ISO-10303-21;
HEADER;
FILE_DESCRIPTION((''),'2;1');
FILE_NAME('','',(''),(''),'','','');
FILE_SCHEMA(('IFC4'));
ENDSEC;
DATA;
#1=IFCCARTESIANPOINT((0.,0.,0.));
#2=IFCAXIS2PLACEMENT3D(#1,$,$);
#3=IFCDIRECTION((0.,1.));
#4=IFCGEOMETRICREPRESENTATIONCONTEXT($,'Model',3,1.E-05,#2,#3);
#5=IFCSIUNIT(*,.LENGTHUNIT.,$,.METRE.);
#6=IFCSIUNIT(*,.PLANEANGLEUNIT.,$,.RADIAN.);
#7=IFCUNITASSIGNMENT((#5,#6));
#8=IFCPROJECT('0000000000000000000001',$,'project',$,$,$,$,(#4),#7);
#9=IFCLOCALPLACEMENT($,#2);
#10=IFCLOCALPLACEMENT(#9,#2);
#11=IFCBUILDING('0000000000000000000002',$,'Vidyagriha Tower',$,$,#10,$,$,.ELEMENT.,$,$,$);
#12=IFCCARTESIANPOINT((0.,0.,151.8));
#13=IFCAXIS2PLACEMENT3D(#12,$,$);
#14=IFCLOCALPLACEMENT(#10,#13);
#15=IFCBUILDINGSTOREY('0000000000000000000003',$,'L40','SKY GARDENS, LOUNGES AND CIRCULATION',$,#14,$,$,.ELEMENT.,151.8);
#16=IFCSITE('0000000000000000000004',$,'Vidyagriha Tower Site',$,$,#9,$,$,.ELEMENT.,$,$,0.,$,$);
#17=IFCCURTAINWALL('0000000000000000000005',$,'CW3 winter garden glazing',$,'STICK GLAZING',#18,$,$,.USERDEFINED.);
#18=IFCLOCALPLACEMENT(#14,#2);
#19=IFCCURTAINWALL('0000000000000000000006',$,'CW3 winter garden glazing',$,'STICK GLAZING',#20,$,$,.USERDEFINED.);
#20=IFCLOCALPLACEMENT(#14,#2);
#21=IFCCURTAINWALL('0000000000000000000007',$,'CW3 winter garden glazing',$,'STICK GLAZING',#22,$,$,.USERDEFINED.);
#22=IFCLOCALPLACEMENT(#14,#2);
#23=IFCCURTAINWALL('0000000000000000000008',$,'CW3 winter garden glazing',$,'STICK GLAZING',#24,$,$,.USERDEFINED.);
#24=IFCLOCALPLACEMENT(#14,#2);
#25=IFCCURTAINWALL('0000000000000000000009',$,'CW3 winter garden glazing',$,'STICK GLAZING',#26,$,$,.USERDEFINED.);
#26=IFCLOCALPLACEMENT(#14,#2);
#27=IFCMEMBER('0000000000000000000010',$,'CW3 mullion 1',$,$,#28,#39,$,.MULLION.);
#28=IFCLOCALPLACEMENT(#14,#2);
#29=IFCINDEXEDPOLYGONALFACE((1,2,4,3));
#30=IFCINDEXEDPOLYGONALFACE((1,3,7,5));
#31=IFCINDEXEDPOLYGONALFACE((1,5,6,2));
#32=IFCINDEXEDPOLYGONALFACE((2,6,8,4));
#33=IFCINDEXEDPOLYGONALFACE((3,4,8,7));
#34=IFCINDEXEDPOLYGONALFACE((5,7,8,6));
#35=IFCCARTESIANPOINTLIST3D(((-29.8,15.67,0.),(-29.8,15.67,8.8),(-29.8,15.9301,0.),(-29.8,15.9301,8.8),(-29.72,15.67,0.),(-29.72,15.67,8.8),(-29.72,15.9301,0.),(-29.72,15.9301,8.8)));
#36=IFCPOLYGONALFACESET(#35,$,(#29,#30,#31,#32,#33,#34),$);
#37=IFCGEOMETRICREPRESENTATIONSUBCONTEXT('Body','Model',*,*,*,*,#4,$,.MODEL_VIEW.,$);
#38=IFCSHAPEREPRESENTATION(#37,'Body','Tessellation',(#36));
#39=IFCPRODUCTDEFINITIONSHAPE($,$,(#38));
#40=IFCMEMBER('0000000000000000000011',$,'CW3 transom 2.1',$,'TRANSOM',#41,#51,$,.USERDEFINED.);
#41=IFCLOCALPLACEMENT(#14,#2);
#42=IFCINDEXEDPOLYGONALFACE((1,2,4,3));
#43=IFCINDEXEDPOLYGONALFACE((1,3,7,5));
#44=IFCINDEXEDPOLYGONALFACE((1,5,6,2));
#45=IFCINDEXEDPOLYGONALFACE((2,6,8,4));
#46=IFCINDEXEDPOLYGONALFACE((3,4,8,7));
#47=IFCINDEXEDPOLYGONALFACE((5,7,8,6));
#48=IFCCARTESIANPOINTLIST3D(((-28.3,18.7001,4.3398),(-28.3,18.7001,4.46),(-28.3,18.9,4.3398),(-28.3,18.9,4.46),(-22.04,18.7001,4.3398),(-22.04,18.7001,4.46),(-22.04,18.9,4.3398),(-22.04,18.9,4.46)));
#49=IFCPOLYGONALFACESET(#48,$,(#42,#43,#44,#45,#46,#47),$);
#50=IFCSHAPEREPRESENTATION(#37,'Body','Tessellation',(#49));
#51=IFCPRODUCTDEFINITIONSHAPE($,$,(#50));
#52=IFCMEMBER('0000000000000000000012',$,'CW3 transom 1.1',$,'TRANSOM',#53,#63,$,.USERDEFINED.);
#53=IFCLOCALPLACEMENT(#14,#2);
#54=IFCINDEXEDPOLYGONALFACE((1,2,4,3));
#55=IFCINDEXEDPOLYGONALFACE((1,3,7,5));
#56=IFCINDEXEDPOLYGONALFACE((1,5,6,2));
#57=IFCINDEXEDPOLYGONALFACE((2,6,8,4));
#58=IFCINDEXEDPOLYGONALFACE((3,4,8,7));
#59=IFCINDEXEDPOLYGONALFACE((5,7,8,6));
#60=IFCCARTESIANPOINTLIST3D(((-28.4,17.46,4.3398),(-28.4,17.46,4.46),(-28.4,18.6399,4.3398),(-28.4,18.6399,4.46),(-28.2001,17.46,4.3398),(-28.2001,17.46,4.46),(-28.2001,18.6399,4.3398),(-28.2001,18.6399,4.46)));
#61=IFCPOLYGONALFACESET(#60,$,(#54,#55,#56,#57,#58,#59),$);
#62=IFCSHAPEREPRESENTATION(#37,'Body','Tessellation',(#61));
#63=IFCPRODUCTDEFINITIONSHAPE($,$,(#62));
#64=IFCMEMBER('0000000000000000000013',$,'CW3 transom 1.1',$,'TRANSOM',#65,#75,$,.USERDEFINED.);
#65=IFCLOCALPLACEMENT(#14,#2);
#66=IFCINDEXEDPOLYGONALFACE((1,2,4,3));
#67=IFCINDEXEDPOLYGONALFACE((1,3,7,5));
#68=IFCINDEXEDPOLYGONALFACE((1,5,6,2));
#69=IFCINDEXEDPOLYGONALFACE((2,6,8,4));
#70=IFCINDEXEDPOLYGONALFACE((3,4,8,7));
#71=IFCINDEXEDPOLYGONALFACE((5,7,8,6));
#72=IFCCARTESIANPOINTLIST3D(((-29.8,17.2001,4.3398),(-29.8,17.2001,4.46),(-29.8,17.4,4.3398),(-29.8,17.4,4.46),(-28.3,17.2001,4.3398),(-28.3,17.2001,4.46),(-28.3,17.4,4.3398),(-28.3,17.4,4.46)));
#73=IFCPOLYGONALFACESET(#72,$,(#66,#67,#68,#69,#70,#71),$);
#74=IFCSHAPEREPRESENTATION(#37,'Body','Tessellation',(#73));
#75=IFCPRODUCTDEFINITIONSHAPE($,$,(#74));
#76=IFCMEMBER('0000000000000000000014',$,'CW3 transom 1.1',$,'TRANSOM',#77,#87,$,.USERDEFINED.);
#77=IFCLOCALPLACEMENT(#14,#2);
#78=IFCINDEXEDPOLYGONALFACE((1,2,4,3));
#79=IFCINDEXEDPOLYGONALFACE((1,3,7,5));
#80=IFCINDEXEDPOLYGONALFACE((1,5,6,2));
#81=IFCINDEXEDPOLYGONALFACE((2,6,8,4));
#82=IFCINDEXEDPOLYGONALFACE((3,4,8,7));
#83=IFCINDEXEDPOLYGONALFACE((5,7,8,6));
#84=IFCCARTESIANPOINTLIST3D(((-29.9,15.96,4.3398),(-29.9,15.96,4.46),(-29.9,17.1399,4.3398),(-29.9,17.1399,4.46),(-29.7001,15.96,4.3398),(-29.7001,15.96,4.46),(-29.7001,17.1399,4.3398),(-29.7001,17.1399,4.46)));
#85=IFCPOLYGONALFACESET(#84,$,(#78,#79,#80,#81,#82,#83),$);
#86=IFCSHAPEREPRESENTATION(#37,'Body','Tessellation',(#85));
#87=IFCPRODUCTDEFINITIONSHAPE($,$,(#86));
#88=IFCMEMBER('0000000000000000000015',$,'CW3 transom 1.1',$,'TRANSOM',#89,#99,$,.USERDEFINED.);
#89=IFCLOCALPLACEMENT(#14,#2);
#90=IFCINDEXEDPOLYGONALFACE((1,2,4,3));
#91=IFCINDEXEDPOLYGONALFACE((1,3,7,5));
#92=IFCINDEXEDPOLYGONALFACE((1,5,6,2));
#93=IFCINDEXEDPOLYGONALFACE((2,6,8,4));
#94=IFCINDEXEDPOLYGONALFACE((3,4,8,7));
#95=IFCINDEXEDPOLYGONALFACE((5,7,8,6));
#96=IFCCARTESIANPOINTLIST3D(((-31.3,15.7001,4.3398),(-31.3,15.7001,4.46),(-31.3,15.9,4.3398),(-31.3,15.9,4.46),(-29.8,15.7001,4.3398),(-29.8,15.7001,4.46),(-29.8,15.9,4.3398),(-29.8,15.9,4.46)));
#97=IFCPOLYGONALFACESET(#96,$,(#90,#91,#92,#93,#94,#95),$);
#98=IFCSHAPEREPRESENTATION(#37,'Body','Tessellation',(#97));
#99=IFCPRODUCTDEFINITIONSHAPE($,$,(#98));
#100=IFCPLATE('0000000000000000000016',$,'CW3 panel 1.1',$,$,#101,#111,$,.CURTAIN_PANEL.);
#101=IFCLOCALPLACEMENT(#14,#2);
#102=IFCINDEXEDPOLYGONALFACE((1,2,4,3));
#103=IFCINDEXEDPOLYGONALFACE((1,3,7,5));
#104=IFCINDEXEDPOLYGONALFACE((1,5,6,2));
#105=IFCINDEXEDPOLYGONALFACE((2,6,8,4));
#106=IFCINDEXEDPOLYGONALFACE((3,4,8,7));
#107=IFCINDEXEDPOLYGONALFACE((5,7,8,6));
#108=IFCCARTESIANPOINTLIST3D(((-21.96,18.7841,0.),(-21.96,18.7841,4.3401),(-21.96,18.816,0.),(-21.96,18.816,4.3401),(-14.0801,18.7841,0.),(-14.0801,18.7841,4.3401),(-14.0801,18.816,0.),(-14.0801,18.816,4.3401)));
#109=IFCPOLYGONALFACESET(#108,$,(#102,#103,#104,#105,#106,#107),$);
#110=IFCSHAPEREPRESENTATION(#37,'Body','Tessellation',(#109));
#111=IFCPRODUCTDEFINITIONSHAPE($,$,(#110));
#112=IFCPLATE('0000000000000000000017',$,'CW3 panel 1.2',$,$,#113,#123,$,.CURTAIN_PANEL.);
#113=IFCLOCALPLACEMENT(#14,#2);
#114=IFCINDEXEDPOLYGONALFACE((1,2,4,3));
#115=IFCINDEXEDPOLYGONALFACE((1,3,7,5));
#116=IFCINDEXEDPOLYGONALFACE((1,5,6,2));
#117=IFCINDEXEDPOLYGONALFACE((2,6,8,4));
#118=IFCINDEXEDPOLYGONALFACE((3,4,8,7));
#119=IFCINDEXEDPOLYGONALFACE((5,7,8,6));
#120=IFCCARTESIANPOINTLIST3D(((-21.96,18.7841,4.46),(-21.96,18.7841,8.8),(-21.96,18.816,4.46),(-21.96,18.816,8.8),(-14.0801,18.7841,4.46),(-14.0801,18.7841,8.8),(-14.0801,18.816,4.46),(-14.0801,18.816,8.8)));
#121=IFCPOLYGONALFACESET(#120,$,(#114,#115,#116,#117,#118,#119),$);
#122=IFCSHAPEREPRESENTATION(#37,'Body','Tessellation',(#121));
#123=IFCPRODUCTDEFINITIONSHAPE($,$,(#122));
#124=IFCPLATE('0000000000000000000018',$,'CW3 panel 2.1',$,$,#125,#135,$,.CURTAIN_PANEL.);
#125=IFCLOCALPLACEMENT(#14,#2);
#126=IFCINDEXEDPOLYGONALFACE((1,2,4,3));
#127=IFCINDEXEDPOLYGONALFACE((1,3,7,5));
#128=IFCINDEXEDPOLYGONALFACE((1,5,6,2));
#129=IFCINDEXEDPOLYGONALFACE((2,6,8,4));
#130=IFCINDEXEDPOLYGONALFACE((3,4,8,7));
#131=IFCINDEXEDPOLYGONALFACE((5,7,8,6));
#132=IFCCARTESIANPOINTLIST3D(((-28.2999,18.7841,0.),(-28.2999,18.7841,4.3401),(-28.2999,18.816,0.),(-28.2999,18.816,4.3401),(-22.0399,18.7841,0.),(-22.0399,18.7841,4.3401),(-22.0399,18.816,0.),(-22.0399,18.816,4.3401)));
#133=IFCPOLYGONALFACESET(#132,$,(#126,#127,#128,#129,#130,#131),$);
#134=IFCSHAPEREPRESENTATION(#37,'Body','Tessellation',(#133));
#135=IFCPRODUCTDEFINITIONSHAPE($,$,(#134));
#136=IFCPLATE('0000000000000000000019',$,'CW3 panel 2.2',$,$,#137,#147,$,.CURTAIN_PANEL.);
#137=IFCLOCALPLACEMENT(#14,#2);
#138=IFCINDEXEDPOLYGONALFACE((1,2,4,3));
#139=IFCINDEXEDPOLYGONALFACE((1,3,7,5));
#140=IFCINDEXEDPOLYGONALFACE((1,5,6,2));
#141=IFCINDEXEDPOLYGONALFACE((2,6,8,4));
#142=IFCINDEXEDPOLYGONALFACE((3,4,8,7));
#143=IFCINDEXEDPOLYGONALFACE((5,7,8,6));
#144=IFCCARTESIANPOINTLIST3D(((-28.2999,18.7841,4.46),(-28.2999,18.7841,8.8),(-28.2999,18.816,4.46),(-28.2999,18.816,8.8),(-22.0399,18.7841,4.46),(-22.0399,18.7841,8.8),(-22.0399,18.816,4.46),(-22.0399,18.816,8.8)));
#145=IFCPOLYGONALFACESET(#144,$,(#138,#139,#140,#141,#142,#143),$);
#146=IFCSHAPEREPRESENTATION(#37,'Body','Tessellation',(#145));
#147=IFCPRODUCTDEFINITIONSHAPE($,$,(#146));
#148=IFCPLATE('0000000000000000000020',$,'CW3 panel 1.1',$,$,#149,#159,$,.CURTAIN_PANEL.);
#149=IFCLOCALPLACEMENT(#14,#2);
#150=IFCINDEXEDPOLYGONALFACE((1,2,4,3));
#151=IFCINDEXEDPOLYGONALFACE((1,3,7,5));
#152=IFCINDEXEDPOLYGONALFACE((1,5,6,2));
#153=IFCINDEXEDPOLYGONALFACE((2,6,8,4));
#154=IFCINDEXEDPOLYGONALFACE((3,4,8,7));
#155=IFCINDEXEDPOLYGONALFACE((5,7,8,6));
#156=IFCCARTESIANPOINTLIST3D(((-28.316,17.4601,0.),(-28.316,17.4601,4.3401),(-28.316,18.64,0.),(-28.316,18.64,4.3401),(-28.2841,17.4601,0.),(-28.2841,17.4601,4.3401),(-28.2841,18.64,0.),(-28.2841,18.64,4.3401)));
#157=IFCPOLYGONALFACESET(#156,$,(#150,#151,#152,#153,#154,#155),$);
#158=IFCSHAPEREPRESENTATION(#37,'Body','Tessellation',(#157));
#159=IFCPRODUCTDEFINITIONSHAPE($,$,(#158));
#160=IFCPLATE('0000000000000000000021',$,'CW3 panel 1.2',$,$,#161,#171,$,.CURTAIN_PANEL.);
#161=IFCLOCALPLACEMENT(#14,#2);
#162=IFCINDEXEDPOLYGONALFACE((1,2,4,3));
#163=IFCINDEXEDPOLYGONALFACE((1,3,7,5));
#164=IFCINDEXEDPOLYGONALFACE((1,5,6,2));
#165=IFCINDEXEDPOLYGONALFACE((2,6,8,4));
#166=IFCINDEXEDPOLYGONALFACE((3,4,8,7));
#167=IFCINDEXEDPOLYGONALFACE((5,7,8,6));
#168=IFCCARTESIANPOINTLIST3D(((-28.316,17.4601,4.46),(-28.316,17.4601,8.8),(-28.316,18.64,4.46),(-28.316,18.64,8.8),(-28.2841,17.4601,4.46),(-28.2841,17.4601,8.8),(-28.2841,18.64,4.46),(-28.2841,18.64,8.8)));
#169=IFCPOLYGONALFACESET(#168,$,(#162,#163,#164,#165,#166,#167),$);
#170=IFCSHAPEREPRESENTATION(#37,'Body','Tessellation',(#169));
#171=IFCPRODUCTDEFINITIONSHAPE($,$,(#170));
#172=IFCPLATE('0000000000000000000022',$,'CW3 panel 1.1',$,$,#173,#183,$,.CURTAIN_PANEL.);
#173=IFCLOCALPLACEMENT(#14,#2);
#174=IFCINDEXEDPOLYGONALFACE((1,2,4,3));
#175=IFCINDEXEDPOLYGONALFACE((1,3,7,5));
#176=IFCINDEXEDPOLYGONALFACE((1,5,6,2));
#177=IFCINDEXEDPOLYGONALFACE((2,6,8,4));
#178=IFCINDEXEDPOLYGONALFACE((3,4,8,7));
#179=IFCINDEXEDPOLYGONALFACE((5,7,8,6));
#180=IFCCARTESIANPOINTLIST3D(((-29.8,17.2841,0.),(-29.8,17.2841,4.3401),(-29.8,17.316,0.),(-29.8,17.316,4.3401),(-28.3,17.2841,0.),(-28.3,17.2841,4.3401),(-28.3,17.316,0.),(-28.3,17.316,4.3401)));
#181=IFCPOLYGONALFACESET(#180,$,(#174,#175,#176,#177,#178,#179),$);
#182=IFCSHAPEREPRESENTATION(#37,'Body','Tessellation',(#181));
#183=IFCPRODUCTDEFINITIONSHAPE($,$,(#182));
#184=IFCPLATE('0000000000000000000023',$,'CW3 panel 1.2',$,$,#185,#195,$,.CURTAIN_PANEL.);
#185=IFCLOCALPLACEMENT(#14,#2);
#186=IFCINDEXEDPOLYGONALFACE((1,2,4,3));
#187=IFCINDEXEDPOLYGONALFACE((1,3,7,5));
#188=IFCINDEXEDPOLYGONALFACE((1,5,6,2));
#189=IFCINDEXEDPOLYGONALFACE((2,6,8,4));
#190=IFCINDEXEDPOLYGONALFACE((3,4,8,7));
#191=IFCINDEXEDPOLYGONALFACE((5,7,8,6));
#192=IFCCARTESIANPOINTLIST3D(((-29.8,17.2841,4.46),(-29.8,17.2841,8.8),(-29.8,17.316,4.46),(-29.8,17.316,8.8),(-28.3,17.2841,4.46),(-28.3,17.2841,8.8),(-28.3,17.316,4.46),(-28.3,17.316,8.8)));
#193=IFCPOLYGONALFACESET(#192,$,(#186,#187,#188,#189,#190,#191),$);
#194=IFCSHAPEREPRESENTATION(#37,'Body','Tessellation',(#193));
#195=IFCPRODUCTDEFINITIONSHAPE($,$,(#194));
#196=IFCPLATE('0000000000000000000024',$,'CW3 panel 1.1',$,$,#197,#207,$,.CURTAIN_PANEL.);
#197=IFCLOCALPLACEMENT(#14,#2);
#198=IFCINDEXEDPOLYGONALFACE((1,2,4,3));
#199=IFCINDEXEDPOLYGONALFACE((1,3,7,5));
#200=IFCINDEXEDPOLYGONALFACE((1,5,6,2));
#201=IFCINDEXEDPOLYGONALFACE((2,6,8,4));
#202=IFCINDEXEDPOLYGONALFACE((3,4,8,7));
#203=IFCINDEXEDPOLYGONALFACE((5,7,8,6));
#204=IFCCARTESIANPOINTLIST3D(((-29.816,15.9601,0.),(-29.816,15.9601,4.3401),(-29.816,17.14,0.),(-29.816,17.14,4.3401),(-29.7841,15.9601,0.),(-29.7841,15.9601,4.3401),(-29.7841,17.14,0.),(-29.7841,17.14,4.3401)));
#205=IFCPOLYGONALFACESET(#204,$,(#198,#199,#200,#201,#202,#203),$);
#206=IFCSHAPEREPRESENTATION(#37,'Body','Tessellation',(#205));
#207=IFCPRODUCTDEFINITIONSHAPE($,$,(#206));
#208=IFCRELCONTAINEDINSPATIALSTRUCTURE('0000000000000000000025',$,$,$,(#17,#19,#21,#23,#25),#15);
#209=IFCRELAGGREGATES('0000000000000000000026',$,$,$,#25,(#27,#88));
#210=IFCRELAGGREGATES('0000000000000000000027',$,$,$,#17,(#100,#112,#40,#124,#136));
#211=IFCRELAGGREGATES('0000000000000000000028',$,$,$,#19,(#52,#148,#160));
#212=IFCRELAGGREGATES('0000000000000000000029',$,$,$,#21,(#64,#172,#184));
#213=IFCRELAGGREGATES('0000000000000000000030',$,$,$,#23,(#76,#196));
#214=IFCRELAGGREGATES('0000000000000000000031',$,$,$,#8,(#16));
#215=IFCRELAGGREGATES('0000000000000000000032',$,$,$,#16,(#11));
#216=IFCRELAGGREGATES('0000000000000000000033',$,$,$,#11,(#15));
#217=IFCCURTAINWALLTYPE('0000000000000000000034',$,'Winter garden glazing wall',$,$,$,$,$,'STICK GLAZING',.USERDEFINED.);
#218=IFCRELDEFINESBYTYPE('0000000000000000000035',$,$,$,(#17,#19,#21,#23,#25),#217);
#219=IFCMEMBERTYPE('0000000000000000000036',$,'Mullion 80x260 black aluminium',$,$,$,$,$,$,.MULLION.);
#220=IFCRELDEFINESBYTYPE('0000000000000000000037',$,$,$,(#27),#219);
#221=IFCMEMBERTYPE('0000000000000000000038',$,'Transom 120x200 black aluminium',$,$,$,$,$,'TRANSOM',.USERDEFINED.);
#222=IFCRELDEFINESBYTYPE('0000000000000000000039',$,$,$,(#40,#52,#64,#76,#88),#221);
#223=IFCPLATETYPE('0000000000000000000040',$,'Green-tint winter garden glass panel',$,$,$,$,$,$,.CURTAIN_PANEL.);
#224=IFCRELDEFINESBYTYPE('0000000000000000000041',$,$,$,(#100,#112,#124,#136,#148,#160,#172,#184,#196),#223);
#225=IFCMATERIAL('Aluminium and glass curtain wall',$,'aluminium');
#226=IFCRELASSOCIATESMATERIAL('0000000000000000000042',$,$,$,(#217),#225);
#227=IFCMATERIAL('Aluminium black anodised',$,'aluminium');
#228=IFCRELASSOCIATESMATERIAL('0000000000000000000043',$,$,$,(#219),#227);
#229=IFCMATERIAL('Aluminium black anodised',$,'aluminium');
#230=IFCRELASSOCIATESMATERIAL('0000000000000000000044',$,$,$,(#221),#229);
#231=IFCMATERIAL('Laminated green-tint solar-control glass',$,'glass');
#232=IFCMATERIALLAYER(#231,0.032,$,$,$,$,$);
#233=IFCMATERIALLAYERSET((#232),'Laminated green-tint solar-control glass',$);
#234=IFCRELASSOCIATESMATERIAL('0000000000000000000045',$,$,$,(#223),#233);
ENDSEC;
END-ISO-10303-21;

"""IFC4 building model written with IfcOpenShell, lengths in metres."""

from ifc_helpers import new_model, si_unit, direction, frame, origin, origin_2d, place, context, subcontext, project, spatial, rectangle, extrude, material, layer, layer_set, material_profile, profile_set, type_object, element, aggregate, save


model = new_model("IFC4")

# Units and contexts
model_context = context("Model", 3, precision=1e-05, world=origin(), true_north=direction((0.0, 1.0)))
body_context = subcontext(model_context, "Body", "Model", "MODEL_VIEW")
ifc_project = project(units=[si_unit("LENGTHUNIT", "METRE"), si_unit("PLANEANGLEUNIT", "RADIAN")], contexts=[model_context])

# Site, building, storey
site_placement = place(None, origin())
site = spatial("IfcSite", under=ifc_project, at=site_placement, Name="Vidyagriha Tower Site", CompositionType="ELEMENT", RefElevation=0.0)
building_placement = place(site_placement, origin())
building = spatial("IfcBuilding", under=site, at=building_placement, Name="Vidyagriha Tower", CompositionType="ELEMENT")
storey_placement = place(building_placement, frame((0.0, 0.0, 151.8)))
storey = spatial("IfcBuildingStorey", under=building, at=storey_placement, Name="L40", Description="SKY GARDENS, LOUNGES AND CIRCULATION", CompositionType="ELEMENT", Elevation=151.8)

# Curtain walls
ifc_material_1 = material(Name="Aluminium and glass curtain wall", Category="aluminium")
curtain_wall_type = type_object("IfcCurtainWallType", Name="Winter garden glazing wall", ElementType="STICK GLAZING", PredefinedType="USERDEFINED", material=ifc_material_1)
curtain_wall_1_placement = place(storey_placement, origin())
curtain_wall_1 = element("IfcCurtainWall", 1, at=curtain_wall_1_placement, inside=storey, type_object=curtain_wall_type, Name="CW3 winter garden glazing", ObjectType="STICK GLAZING", PredefinedType="USERDEFINED")
ifc_material_2 = material(Name="Aluminium black anodised", Category="aluminium")
ifc_material_profile_1 = material_profile(ifc_material_2, rectangle(XDim=0.26, YDim=0.0801, at=origin_2d()), Name="Mullion 80x260 black aluminium")
ifc_profile_set_1 = profile_set([ifc_material_profile_1], Name="Aluminium black anodised")
member_type_1 = type_object("IfcMemberType", Name="Mullion 80x260 black aluminium", PredefinedType="MULLION", material=ifc_profile_set_1)
curtain_wall_2_placement = place(storey_placement, origin())
curtain_wall_2 = element("IfcCurtainWall", 2, at=curtain_wall_2_placement, inside=storey, type_object=curtain_wall_type, Name="CW3 winter garden glazing", ObjectType="STICK GLAZING", PredefinedType="USERDEFINED")
curtain_wall_3_placement = place(storey_placement, origin())
curtain_wall_3 = element("IfcCurtainWall", 3, at=curtain_wall_3_placement, inside=storey, type_object=curtain_wall_type, Name="CW3 winter garden glazing", ObjectType="STICK GLAZING", PredefinedType="USERDEFINED")
curtain_wall_4_placement = place(storey_placement, origin())
curtain_wall_4 = element("IfcCurtainWall", 4, at=curtain_wall_4_placement, inside=storey, type_object=curtain_wall_type, Name="CW3 winter garden glazing", ObjectType="STICK GLAZING", PredefinedType="USERDEFINED")

# Curtain wall, member
curtain_wall_5_placement = place(storey_placement, origin())
curtain_wall_5 = element("IfcCurtainWall", 5, at=curtain_wall_5_placement, inside=storey, type_object=curtain_wall_type, Name="CW3 winter garden glazing", ObjectType="STICK GLAZING", PredefinedType="USERDEFINED")
member_1_placement = place(storey_placement, frame((-29.76, 15.8, 0.0), z_axis=(0.0, 0.0, 1.0), x_axis=(0.0, -1.0, 0.0)))
member_1 = element("IfcMember", 6, at=member_1_placement, type_object=member_type_1, Name="CW3 mullion 1", PredefinedType="MULLION", context=body_context, shape_type="SweptSolid", body=[
    extrude(rectangle(XDim=0.26, YDim=0.0801, at=origin_2d()), origin(), (0.0, 0.0, 1.0), 8.8),
])

# Members
ifc_material_3 = material(Name="Aluminium black anodised", Category="aluminium")
ifc_material_profile_2 = material_profile(ifc_material_3, rectangle(XDim=0.2, YDim=0.1201, at=origin_2d()), Name="Transom 120x200 black aluminium")
ifc_profile_set_2 = profile_set([ifc_material_profile_2], Name="Aluminium black anodised")
member_type_2 = type_object("IfcMemberType", Name="Transom 120x200 black aluminium", ElementType="TRANSOM", PredefinedType="USERDEFINED", material=ifc_profile_set_2)
member_2_placement = place(storey_placement, frame((-22.04, 18.8, 4.3999), z_axis=(-1.0, 0.0, 0.0), x_axis=(0.0, -1.0, 0.0)))
member_2 = element("IfcMember", 7, at=member_2_placement, type_object=member_type_2, Name="CW3 transom 2.1", ObjectType="TRANSOM", PredefinedType="USERDEFINED", context=body_context, shape_type="SweptSolid", body=[
    extrude(rectangle(XDim=0.2, YDim=0.1201, at=origin_2d()), origin(), (0.0, 0.0, 1.0), 6.26),
])
member_3_placement = place(storey_placement, frame((-28.3, 18.6399, 4.3999), z_axis=(0.0, -1.0, 0.0), x_axis=(1.0, 0.0, 0.0)))
member_3 = element("IfcMember", 8, at=member_3_placement, type_object=member_type_2, Name="CW3 transom 1.1", ObjectType="TRANSOM", PredefinedType="USERDEFINED", context=body_context, shape_type="SweptSolid", body=[
    extrude(rectangle(XDim=0.2, YDim=0.1201, at=origin_2d()), origin(), (0.0, 0.0, 1.0), 1.1799),
])
member_4_placement = place(storey_placement, frame((-28.3, 17.3, 4.3999), z_axis=(-1.0, 0.0, 0.0), x_axis=(0.0, -1.0, 0.0)))
member_4 = element("IfcMember", 9, at=member_4_placement, type_object=member_type_2, Name="CW3 transom 1.1", ObjectType="TRANSOM", PredefinedType="USERDEFINED", context=body_context, shape_type="SweptSolid", body=[
    extrude(rectangle(XDim=0.2, YDim=0.1201, at=origin_2d()), origin(), (0.0, 0.0, 1.0), 1.5),
])
member_5_placement = place(storey_placement, frame((-29.8, 17.1399, 4.3999), z_axis=(0.0, -1.0, 0.0), x_axis=(1.0, 0.0, 0.0)))
member_5 = element("IfcMember", 10, at=member_5_placement, type_object=member_type_2, Name="CW3 transom 1.1", ObjectType="TRANSOM", PredefinedType="USERDEFINED", context=body_context, shape_type="SweptSolid", body=[
    extrude(rectangle(XDim=0.2, YDim=0.1201, at=origin_2d()), origin(), (0.0, 0.0, 1.0), 1.1799),
])
member_6_placement = place(storey_placement, frame((-29.8, 15.8, 4.3999), z_axis=(-1.0, 0.0, 0.0), x_axis=(0.0, -1.0, 0.0)))
member_6 = element("IfcMember", 11, at=member_6_placement, type_object=member_type_2, Name="CW3 transom 1.1", ObjectType="TRANSOM", PredefinedType="USERDEFINED", context=body_context, shape_type="SweptSolid", body=[
    extrude(rectangle(XDim=0.2, YDim=0.1201, at=origin_2d()), origin(), (0.0, 0.0, 1.0), 1.5),
])
aggregate(curtain_wall_5, [member_1, member_6])

# Plates
ifc_material_4 = material(Name="Laminated green-tint solar-control glass", Category="glass")
ifc_layer_1 = layer(ifc_material_4, 0.032)
ifc_layer_set_1 = layer_set([ifc_layer_1], Name="Laminated green-tint solar-control glass")
plate_type = type_object("IfcPlateType", Name="Green-tint winter garden glass panel", PredefinedType="CURTAIN_PANEL", material=ifc_layer_set_1)
plate_1_placement = place(storey_placement, frame((-18.02, 18.8, 0.0), z_axis=(0.0, 0.0, 1.0), x_axis=(-1.0, 0.0, 0.0)))
plate_1 = element("IfcPlate", 12, at=plate_1_placement, type_object=plate_type, Name="CW3 panel 1.1", PredefinedType="CURTAIN_PANEL", context=body_context, shape_type="SweptSolid", body=[
    extrude(rectangle(XDim=7.8799, YDim=0.032, at=origin_2d()), origin(), (0.0, 0.0, 1.0), 4.3401),
])
plate_2_placement = place(storey_placement, frame((-18.02, 18.8, 4.46), z_axis=(0.0, 0.0, 1.0), x_axis=(-1.0, 0.0, 0.0)))
plate_2 = element("IfcPlate", 13, at=plate_2_placement, type_object=plate_type, Name="CW3 panel 1.2", PredefinedType="CURTAIN_PANEL", context=body_context, shape_type="SweptSolid", body=[
    extrude(rectangle(XDim=7.8799, YDim=0.032, at=origin_2d()), origin(), (0.0, 0.0, 1.0), 4.3401),
])
plate_3_placement = place(storey_placement, frame((-25.1699, 18.8, 0.0), z_axis=(0.0, 0.0, 1.0), x_axis=(-1.0, 0.0, 0.0)))
plate_3 = element("IfcPlate", 14, at=plate_3_placement, type_object=plate_type, Name="CW3 panel 2.1", PredefinedType="CURTAIN_PANEL", context=body_context, shape_type="SweptSolid", body=[
    extrude(rectangle(XDim=6.26, YDim=0.032, at=origin_2d()), origin(), (0.0, 0.0, 1.0), 4.3401),
])
plate_4_placement = place(storey_placement, frame((-25.1699, 18.8, 4.46), z_axis=(0.0, 0.0, 1.0), x_axis=(-1.0, 0.0, 0.0)))
plate_4 = element("IfcPlate", 15, at=plate_4_placement, type_object=plate_type, Name="CW3 panel 2.2", PredefinedType="CURTAIN_PANEL", context=body_context, shape_type="SweptSolid", body=[
    extrude(rectangle(XDim=6.26, YDim=0.032, at=origin_2d()), origin(), (0.0, 0.0, 1.0), 4.3401),
])
aggregate(curtain_wall_1, [plate_1, plate_2, member_2, plate_3, plate_4])
plate_5_placement = place(storey_placement, frame((-28.3, 18.05, 0.0), z_axis=(0.0, 0.0, 1.0), x_axis=(0.0, -1.0, 0.0)))
plate_5 = element("IfcPlate", 16, at=plate_5_placement, type_object=plate_type, Name="CW3 panel 1.1", PredefinedType="CURTAIN_PANEL", context=body_context, shape_type="SweptSolid", body=[
    extrude(rectangle(XDim=1.1799, YDim=0.032, at=origin_2d()), origin(), (0.0, 0.0, 1.0), 4.3401),
])
plate_6_placement = place(storey_placement, frame((-28.3, 18.05, 4.46), z_axis=(0.0, 0.0, 1.0), x_axis=(0.0, -1.0, 0.0)))
plate_6 = element("IfcPlate", 17, at=plate_6_placement, type_object=plate_type, Name="CW3 panel 1.2", PredefinedType="CURTAIN_PANEL", context=body_context, shape_type="SweptSolid", body=[
    extrude(rectangle(XDim=1.1799, YDim=0.032, at=origin_2d()), origin(), (0.0, 0.0, 1.0), 4.3401),
])
aggregate(curtain_wall_2, [member_3, plate_5, plate_6])
plate_7_placement = place(storey_placement, frame((-29.05, 17.3, 0.0), z_axis=(0.0, 0.0, 1.0), x_axis=(-1.0, 0.0, 0.0)))
plate_7 = element("IfcPlate", 18, at=plate_7_placement, type_object=plate_type, Name="CW3 panel 1.1", PredefinedType="CURTAIN_PANEL", context=body_context, shape_type="SweptSolid", body=[
    extrude(rectangle(XDim=1.5, YDim=0.032, at=origin_2d()), origin(), (0.0, 0.0, 1.0), 4.3401),
])
plate_8_placement = place(storey_placement, frame((-29.05, 17.3, 4.46), z_axis=(0.0, 0.0, 1.0), x_axis=(-1.0, 0.0, 0.0)))
plate_8 = element("IfcPlate", 19, at=plate_8_placement, type_object=plate_type, Name="CW3 panel 1.2", PredefinedType="CURTAIN_PANEL", context=body_context, shape_type="SweptSolid", body=[
    extrude(rectangle(XDim=1.5, YDim=0.032, at=origin_2d()), origin(), (0.0, 0.0, 1.0), 4.3401),
])
aggregate(curtain_wall_3, [member_4, plate_7, plate_8])
plate_9_placement = place(storey_placement, frame((-29.8, 16.55, 0.0), z_axis=(0.0, 0.0, 1.0), x_axis=(0.0, -1.0, 0.0)))
plate_9 = element("IfcPlate", 20, at=plate_9_placement, type_object=plate_type, Name="CW3 panel 1.1", PredefinedType="CURTAIN_PANEL", context=body_context, shape_type="SweptSolid", body=[
    extrude(rectangle(XDim=1.1799, YDim=0.032, at=origin_2d()), origin(), (0.0, 0.0, 1.0), 4.3401),
])
aggregate(curtain_wall_4, [member_5, plate_9])

save(model, "model.ifc")
